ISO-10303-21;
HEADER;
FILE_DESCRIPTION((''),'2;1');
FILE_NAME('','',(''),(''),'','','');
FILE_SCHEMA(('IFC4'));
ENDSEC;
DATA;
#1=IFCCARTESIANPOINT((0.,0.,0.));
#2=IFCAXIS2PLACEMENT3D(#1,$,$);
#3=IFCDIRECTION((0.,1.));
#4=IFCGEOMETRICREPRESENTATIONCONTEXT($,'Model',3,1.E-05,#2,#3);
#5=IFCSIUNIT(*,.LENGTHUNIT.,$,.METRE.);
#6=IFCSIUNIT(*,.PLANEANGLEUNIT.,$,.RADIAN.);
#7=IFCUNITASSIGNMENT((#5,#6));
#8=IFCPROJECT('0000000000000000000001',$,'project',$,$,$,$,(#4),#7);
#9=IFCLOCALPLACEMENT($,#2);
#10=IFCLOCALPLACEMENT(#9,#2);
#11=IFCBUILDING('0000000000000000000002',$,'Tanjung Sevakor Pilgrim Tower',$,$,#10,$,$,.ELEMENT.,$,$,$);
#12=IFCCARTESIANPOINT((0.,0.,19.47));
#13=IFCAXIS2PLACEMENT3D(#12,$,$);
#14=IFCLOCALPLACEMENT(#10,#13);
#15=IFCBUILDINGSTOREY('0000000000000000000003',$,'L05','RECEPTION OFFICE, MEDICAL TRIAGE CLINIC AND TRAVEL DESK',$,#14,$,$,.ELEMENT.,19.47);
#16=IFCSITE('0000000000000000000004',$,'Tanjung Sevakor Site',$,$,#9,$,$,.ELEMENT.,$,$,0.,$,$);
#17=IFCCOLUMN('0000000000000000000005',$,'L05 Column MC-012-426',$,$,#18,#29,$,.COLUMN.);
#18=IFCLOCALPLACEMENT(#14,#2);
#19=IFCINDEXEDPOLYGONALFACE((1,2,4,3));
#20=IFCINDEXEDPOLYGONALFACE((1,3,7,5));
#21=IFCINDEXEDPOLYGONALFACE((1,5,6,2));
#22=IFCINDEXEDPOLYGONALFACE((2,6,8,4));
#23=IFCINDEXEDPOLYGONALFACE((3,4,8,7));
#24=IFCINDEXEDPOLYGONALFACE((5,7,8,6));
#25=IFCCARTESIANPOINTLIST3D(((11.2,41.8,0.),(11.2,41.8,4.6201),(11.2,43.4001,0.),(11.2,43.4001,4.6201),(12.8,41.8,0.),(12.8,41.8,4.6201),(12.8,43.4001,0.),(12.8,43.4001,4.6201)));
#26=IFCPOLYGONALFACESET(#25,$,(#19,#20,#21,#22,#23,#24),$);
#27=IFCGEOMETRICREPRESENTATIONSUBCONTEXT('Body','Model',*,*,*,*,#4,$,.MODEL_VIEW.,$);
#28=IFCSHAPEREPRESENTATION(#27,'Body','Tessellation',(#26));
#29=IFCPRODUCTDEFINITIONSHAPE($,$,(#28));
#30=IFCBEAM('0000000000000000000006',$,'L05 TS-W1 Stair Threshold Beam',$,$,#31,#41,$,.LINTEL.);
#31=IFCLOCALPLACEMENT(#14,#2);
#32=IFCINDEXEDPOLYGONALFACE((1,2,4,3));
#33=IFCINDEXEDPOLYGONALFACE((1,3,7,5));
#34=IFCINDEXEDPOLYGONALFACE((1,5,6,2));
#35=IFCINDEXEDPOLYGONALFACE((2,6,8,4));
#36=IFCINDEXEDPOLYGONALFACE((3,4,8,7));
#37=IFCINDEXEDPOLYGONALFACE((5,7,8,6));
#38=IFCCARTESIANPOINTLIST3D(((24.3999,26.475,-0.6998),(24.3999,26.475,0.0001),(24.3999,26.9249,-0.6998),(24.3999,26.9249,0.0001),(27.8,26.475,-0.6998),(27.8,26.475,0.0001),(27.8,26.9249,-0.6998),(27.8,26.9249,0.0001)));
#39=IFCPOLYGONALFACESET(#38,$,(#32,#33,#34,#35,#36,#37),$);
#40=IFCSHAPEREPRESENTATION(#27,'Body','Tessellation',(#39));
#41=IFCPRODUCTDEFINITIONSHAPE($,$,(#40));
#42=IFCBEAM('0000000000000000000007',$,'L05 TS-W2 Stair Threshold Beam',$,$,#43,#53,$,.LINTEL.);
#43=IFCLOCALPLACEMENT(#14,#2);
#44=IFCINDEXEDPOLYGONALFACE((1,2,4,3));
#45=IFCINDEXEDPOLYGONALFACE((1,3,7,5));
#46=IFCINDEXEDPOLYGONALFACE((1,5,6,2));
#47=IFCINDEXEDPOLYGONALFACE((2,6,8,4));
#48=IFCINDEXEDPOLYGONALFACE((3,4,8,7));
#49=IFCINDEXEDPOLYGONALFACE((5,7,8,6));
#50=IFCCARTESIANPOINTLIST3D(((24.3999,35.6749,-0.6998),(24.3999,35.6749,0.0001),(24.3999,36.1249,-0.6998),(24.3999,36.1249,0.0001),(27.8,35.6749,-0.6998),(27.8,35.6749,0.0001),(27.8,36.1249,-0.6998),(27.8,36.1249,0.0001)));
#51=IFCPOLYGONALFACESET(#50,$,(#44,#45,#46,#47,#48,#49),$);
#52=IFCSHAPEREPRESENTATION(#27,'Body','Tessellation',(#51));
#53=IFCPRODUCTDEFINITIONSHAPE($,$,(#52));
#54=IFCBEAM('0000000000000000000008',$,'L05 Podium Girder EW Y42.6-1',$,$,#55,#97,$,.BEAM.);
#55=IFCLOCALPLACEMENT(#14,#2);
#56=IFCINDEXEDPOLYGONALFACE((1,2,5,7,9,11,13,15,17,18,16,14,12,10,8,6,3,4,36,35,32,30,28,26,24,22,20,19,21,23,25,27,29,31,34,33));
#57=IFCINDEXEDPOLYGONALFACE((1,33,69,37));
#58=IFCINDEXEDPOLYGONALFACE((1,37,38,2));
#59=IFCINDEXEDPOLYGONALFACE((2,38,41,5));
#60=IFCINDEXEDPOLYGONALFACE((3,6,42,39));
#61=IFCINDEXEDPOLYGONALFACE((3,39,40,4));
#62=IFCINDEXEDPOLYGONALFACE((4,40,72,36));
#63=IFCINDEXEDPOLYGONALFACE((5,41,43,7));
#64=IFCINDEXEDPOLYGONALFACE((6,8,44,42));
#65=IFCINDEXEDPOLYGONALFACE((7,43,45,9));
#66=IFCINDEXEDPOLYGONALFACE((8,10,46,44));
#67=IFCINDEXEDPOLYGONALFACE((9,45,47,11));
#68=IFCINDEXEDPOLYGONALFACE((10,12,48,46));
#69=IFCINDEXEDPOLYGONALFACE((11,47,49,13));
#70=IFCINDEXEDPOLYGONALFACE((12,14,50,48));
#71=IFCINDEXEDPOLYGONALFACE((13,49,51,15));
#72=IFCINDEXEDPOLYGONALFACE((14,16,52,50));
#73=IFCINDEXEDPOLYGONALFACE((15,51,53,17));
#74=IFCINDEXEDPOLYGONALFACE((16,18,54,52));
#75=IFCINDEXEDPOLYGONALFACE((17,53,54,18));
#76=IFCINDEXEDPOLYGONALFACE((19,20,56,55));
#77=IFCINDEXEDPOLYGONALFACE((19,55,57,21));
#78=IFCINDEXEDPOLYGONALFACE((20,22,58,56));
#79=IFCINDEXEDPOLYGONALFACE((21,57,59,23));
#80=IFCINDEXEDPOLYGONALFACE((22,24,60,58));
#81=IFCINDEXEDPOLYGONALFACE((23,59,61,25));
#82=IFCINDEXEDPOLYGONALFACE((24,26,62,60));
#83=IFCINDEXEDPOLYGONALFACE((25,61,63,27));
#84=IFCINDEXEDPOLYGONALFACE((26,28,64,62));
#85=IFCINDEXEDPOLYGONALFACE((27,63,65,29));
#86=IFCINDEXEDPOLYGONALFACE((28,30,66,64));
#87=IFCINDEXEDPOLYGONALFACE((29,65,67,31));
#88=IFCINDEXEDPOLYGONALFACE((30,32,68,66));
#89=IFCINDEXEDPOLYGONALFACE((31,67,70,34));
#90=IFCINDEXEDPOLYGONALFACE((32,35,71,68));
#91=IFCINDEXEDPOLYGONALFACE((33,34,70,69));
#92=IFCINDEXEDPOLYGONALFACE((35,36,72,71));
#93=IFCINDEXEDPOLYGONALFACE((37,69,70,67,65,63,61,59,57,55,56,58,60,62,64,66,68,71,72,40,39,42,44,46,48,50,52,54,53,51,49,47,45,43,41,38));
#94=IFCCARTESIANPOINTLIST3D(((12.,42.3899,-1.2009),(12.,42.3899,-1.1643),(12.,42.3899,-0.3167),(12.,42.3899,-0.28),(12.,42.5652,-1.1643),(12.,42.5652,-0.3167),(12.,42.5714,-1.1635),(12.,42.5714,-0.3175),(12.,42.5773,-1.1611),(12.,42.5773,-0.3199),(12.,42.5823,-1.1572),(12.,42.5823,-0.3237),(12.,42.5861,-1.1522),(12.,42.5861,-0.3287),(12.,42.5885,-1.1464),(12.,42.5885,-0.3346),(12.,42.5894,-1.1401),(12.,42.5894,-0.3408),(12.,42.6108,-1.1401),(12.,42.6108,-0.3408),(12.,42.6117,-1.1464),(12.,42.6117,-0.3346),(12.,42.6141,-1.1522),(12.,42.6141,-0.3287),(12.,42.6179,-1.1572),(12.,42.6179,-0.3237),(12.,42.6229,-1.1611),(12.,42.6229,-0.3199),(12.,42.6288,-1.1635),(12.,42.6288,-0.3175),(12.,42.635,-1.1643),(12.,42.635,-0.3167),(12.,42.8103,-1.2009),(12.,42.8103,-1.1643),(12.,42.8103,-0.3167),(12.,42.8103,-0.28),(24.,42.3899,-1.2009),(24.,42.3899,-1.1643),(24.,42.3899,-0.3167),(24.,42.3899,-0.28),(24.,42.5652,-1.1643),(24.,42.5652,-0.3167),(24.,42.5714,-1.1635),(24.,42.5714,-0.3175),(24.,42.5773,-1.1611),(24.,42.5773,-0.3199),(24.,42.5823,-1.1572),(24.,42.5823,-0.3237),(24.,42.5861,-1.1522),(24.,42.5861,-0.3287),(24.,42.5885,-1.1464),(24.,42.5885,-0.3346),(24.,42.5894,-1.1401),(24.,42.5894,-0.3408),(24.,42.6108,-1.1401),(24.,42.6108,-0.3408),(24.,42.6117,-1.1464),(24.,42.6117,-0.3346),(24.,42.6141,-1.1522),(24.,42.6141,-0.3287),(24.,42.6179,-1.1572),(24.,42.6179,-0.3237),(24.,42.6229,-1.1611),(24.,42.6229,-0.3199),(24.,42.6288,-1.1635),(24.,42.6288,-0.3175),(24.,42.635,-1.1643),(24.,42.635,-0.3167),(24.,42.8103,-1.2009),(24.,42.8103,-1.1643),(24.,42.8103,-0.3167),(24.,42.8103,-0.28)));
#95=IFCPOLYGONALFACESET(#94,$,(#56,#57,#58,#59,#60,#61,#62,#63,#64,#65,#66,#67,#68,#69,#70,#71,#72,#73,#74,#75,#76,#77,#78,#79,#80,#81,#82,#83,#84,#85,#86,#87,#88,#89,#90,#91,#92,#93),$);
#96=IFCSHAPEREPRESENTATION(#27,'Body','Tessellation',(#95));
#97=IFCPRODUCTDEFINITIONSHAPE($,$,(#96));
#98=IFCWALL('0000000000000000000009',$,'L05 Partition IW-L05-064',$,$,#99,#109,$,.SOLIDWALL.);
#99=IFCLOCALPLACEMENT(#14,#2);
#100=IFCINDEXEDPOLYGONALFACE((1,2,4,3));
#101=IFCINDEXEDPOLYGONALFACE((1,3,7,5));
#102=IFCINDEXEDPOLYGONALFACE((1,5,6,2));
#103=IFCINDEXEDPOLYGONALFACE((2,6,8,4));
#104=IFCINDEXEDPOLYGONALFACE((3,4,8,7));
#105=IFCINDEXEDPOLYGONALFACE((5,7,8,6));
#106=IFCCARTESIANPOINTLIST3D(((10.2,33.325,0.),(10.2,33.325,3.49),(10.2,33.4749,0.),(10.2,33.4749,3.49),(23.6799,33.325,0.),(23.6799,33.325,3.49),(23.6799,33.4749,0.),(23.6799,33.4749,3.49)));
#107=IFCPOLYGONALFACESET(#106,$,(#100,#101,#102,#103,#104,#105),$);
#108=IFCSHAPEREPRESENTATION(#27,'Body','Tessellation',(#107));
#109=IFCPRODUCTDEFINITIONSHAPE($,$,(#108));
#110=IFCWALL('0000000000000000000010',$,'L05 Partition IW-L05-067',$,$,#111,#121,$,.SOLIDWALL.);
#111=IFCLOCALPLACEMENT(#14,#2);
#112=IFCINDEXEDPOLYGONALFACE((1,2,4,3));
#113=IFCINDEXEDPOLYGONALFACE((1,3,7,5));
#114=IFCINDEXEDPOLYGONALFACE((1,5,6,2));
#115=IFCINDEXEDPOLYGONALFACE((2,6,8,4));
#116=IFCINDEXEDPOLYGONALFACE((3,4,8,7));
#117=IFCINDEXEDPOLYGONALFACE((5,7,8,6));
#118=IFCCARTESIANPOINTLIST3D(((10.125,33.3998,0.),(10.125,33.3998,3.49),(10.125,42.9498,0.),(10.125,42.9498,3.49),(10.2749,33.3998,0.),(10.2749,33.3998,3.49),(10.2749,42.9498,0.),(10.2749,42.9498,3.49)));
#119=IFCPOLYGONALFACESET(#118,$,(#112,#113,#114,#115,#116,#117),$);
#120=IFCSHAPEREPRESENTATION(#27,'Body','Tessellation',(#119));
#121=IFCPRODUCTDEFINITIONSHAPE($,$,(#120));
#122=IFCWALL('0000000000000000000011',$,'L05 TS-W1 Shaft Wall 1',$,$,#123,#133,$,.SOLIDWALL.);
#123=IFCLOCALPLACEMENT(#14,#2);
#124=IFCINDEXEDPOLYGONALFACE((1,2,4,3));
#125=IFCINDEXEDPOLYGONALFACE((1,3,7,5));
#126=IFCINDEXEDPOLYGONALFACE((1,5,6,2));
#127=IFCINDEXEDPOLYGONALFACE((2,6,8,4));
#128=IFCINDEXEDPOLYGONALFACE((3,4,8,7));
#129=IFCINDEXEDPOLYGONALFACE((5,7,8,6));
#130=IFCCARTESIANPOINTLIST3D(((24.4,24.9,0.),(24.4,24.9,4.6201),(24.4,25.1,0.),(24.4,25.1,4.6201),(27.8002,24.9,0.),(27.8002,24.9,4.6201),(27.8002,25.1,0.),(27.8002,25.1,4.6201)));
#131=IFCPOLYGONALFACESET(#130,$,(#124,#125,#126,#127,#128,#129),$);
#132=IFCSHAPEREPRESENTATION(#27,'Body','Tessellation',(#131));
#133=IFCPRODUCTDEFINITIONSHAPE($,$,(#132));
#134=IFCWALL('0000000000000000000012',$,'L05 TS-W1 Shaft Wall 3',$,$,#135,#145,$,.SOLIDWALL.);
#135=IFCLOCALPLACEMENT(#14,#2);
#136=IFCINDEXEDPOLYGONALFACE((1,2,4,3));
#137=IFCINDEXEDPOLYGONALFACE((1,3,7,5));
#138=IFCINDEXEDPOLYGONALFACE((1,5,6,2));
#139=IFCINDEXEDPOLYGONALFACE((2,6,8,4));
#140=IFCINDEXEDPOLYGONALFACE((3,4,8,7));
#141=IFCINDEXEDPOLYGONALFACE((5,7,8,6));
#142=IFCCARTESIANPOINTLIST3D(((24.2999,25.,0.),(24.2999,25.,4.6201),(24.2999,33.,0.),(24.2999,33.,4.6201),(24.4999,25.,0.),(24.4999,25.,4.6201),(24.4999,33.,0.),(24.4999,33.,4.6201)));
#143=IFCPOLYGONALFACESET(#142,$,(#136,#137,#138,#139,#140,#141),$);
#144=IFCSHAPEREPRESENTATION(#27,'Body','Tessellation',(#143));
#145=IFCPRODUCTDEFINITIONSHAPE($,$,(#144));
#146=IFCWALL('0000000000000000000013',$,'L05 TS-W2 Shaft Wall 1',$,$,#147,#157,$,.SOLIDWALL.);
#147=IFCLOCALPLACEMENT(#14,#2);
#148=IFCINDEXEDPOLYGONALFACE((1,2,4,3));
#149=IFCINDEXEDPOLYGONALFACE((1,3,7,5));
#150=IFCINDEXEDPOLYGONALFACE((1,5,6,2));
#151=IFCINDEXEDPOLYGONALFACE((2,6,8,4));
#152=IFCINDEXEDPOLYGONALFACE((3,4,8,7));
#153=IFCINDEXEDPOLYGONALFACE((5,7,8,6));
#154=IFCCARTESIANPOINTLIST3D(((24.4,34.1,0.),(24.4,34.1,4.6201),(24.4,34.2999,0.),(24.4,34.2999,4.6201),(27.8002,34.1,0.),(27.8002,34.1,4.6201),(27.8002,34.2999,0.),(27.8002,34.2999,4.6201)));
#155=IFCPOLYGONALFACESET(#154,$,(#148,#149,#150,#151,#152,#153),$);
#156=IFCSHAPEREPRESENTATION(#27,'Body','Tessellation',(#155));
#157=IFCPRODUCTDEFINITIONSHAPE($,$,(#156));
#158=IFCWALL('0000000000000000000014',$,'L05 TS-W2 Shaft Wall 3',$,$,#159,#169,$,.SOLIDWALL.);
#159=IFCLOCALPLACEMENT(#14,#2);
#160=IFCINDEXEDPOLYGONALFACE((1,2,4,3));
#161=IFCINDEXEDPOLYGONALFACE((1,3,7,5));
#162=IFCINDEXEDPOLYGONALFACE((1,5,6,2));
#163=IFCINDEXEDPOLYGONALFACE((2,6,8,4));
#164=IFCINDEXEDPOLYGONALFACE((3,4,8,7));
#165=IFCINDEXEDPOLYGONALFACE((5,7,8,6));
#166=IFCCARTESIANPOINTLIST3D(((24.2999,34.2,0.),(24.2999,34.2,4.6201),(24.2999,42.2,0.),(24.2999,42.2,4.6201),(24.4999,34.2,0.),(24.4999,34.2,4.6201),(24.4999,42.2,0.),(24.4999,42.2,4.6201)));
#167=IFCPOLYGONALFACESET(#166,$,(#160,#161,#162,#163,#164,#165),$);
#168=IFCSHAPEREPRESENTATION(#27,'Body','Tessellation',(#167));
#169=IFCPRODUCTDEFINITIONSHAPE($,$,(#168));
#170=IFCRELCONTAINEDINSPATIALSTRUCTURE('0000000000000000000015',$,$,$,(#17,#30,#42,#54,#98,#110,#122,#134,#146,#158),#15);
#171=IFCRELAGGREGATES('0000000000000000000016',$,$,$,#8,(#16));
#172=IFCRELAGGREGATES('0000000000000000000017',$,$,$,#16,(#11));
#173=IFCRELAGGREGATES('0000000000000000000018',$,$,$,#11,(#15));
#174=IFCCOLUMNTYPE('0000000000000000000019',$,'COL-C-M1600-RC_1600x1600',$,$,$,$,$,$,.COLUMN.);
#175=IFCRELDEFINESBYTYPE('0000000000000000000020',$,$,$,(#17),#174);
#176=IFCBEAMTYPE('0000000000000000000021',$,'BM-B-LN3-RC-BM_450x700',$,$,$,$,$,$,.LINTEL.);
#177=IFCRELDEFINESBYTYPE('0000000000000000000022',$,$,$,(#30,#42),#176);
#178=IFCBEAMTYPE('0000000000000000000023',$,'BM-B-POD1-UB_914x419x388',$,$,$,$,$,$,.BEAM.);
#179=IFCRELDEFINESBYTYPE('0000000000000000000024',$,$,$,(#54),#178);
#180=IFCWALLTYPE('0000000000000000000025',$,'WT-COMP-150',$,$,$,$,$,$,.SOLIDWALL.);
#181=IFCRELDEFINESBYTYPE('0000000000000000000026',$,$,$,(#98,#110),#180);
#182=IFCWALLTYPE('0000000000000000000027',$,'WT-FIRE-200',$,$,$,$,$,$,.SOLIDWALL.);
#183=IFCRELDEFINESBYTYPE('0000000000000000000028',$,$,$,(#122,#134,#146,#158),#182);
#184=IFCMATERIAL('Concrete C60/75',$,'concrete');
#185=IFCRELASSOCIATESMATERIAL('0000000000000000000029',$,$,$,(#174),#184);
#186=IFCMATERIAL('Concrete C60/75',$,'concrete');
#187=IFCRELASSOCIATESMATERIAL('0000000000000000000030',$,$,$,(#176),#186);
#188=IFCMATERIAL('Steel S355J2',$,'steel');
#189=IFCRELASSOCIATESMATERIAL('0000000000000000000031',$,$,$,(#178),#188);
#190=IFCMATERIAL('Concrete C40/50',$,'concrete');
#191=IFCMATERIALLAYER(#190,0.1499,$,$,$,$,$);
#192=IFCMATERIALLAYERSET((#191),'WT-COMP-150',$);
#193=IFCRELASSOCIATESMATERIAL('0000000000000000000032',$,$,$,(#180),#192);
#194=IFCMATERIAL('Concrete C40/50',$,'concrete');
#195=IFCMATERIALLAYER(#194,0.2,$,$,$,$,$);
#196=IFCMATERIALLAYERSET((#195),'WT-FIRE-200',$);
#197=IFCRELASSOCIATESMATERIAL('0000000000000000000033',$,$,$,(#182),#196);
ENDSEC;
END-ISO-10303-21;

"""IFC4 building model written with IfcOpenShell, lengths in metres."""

from ifc_helpers import new_model, si_unit, direction, frame, frame_2d, origin, origin_2d, place, context, subcontext, project, spatial, rectangle, i_section, extrude, material, layer, layer_set, material_profile, profile_set, type_object, element, save


model = new_model("IFC4")

# Units and contexts
model_context = context("Model", 3, precision=1e-05, world=origin(), true_north=direction((0.0, 1.0)))
body_context = subcontext(model_context, "Body", "Model", "MODEL_VIEW")
ifc_project = project(units=[si_unit("LENGTHUNIT", "METRE"), si_unit("PLANEANGLEUNIT", "RADIAN")], contexts=[model_context])

# Site, building, storey
site_placement = place(None, origin())
site = spatial("IfcSite", under=ifc_project, at=site_placement, Name="Tanjung Sevakor Site", CompositionType="ELEMENT", RefElevation=0.0)
building_placement = place(site_placement, origin())
building = spatial("IfcBuilding", under=site, at=building_placement, Name="Tanjung Sevakor Pilgrim Tower", CompositionType="ELEMENT")
storey_placement = place(building_placement, frame((0.0, 0.0, 19.47)))
storey = spatial("IfcBuildingStorey", under=building, at=storey_placement, Name="L05", Description="RECEPTION OFFICE, MEDICAL TRIAGE CLINIC AND TRAVEL DESK", CompositionType="ELEMENT", Elevation=19.47)

# Column
ifc_material_1 = material(Name="Concrete C60/75", Category="concrete")
ifc_material_profile_1 = material_profile(ifc_material_1, rectangle(XDim=1.6001, YDim=1.6001, at=origin_2d()))
ifc_profile_set_1 = profile_set([ifc_material_profile_1], Name="Concrete C60/75")
column_type = type_object("IfcColumnType", Name="COL-C-M1600-RC_1600x1600", PredefinedType="COLUMN", material=ifc_profile_set_1)
column_placement = place(storey_placement, frame((12.0, 42.6001, 0.0), z_axis=(0.0, 0.0, 1.0), x_axis=(1.0, 0.0, 0.0)))
element("IfcColumn", 1, at=column_placement, inside=storey, type_object=column_type, Name="L05 Column MC-012-426", PredefinedType="COLUMN", context=body_context, shape_type="SweptSolid", body=[
    extrude(rectangle(XDim=1.6001, YDim=1.6001, at=origin_2d()), origin(), (0.0, 0.0, 1.0), 4.6201),
])

# Beams
ifc_material_2 = material(Name="Concrete C60/75", Category="concrete")
ifc_material_profile_2 = material_profile(ifc_material_2, rectangle(XDim=0.45, YDim=0.7, at=origin_2d()))
ifc_profile_set_2 = profile_set([ifc_material_profile_2], Name="Concrete C60/75")
beam_type_1 = type_object("IfcBeamType", Name="BM-B-LN3-RC-BM_450x700", PredefinedType="LINTEL", material=ifc_profile_set_2)
for number, where, z_axis, x_axis, name in (
    (2, (24.3999, 26.7, -0.3499), (1.0, 0.0, 0.0), (0.0, 1.0, 0.0), "L05 TS-W1 Stair Threshold Beam"),
    (3, (24.3999, 35.8999, -0.3499), (1.0, 0.0, 0.0), (0.0, 1.0, 0.0), "L05 TS-W2 Stair Threshold Beam"),
):
    element("IfcBeam", number, at=place(storey_placement, frame(where, z_axis=z_axis, x_axis=x_axis)), inside=storey, type_object=beam_type_1, Name=name, PredefinedType="LINTEL", context=body_context, shape_type="SweptSolid", body=[
        extrude(rectangle(XDim=0.45, YDim=0.7, at=origin_2d()), origin(), (0.0, 0.0, 1.0), 3.4001),
    ])
ifc_material_3 = material(Name="Steel S355J2", Category="steel")
ifc_material_profile_3 = material_profile(ifc_material_3, i_section(OverallWidth=0.4204, OverallDepth=0.9209, WebThickness=0.0215, FlangeThickness=0.0366, FilletRadius=0.0242, at=origin_2d()))
ifc_profile_set_3 = profile_set([ifc_material_profile_3], Name="Steel S355J2")
beam_type_2 = type_object("IfcBeamType", Name="BM-B-POD1-UB_914x419x388", PredefinedType="BEAM", material=ifc_profile_set_3)
beam_placement = place(storey_placement, frame((12.0, 42.6001, -0.7405), z_axis=(1.0, 0.0, 0.0), x_axis=(0.0, 1.0, 0.0)))
element("IfcBeam", 4, at=beam_placement, inside=storey, type_object=beam_type_2, Name="L05 Podium Girder EW Y42.6-1", PredefinedType="BEAM", context=body_context, shape_type="SweptSolid", body=[
    extrude(i_section(OverallWidth=0.4204, OverallDepth=0.9209, WebThickness=0.0215, FlangeThickness=0.0366, FilletRadius=0.0242, at=origin_2d()), origin(), (0.0, 0.0, 1.0), 12.0),
])

# Walls
ifc_material_4 = material(Name="Concrete C40/50", Category="concrete")
ifc_layer_1 = layer(ifc_material_4, 0.1499)
ifc_layer_set_1 = layer_set([ifc_layer_1], Name="WT-COMP-150")
wall_type_1 = type_object("IfcWallType", Name="WT-COMP-150", PredefinedType="SOLIDWALL", material=ifc_layer_set_1)
wall_1_placement = place(storey_placement, frame((10.2, 33.3999, 0.0), z_axis=(0.0, 0.0, 1.0), x_axis=(1.0, 0.0, 0.0)))
element("IfcWall", 5, at=wall_1_placement, inside=storey, type_object=wall_type_1, Name="L05 Partition IW-L05-064", PredefinedType="SOLIDWALL", context=body_context, shape_type="SweptSolid", body=[
    extrude(rectangle(XDim=13.48, YDim=0.1499, at=frame_2d((6.74, 0.0))), origin(), (0.0, 0.0, 1.0), 3.49),
])
wall_2_placement = place(storey_placement, frame((10.2, 33.3999, 0.0), z_axis=(0.0, 0.0, 1.0), x_axis=(0.0, 1.0, 0.0)))
element("IfcWall", 6, at=wall_2_placement, inside=storey, type_object=wall_type_1, Name="L05 Partition IW-L05-067", PredefinedType="SOLIDWALL", context=body_context, shape_type="SweptSolid", body=[
    extrude(rectangle(XDim=9.55, YDim=0.1499, at=frame_2d((4.7749, 0.0))), origin(), (0.0, 0.0, 1.0), 3.49),
])
ifc_material_5 = material(Name="Concrete C40/50", Category="concrete")
ifc_layer_2 = layer(ifc_material_5, 0.2)
ifc_layer_set_2 = layer_set([ifc_layer_2], Name="WT-FIRE-200")
wall_type_2 = type_object("IfcWallType", Name="WT-FIRE-200", PredefinedType="SOLIDWALL", material=ifc_layer_set_2)
wall_3_placement = place(storey_placement, frame((24.3999, 25.0, 0.0), z_axis=(0.0, 0.0, 1.0), x_axis=(1.0, 0.0, 0.0)))
element("IfcWall", 7, at=wall_3_placement, inside=storey, type_object=wall_type_2, Name="L05 TS-W1 Shaft Wall 1", PredefinedType="SOLIDWALL", context=body_context, shape_type="SweptSolid", body=[
    extrude(rectangle(XDim=3.4001, YDim=0.2, at=frame_2d((1.7002, 0.0))), origin(), (0.0, 0.0, 1.0), 4.6201),
])
wall_4_placement = place(storey_placement, frame((24.3999, 33.0, 0.0), z_axis=(0.0, 0.0, 1.0), x_axis=(0.0, -1.0, 0.0)))
element("IfcWall", 8, at=wall_4_placement, inside=storey, type_object=wall_type_2, Name="L05 TS-W1 Shaft Wall 3", PredefinedType="SOLIDWALL", context=body_context, shape_type="SweptSolid", body=[
    extrude(rectangle(XDim=8.0, YDim=0.2, at=frame_2d((4.0, 0.0))), origin(), (0.0, 0.0, 1.0), 4.6201),
])
wall_5_placement = place(storey_placement, frame((24.3999, 34.2, 0.0), z_axis=(0.0, 0.0, 1.0), x_axis=(1.0, 0.0, 0.0)))
element("IfcWall", 9, at=wall_5_placement, inside=storey, type_object=wall_type_2, Name="L05 TS-W2 Shaft Wall 1", PredefinedType="SOLIDWALL", context=body_context, shape_type="SweptSolid", body=[
    extrude(rectangle(XDim=3.4001, YDim=0.2, at=frame_2d((1.7002, 0.0))), origin(), (0.0, 0.0, 1.0), 4.6201),
])
wall_6_placement = place(storey_placement, frame((24.3999, 42.2, 0.0), z_axis=(0.0, 0.0, 1.0), x_axis=(0.0, -1.0, 0.0)))
element("IfcWall", 10, at=wall_6_placement, inside=storey, type_object=wall_type_2, Name="L05 TS-W2 Shaft Wall 3", PredefinedType="SOLIDWALL", context=body_context, shape_type="SweptSolid", body=[
    extrude(rectangle(XDim=8.0, YDim=0.2, at=frame_2d((4.0, 0.0))), origin(), (0.0, 0.0, 1.0), 4.6201),
])

save(model, "model.ifc")
